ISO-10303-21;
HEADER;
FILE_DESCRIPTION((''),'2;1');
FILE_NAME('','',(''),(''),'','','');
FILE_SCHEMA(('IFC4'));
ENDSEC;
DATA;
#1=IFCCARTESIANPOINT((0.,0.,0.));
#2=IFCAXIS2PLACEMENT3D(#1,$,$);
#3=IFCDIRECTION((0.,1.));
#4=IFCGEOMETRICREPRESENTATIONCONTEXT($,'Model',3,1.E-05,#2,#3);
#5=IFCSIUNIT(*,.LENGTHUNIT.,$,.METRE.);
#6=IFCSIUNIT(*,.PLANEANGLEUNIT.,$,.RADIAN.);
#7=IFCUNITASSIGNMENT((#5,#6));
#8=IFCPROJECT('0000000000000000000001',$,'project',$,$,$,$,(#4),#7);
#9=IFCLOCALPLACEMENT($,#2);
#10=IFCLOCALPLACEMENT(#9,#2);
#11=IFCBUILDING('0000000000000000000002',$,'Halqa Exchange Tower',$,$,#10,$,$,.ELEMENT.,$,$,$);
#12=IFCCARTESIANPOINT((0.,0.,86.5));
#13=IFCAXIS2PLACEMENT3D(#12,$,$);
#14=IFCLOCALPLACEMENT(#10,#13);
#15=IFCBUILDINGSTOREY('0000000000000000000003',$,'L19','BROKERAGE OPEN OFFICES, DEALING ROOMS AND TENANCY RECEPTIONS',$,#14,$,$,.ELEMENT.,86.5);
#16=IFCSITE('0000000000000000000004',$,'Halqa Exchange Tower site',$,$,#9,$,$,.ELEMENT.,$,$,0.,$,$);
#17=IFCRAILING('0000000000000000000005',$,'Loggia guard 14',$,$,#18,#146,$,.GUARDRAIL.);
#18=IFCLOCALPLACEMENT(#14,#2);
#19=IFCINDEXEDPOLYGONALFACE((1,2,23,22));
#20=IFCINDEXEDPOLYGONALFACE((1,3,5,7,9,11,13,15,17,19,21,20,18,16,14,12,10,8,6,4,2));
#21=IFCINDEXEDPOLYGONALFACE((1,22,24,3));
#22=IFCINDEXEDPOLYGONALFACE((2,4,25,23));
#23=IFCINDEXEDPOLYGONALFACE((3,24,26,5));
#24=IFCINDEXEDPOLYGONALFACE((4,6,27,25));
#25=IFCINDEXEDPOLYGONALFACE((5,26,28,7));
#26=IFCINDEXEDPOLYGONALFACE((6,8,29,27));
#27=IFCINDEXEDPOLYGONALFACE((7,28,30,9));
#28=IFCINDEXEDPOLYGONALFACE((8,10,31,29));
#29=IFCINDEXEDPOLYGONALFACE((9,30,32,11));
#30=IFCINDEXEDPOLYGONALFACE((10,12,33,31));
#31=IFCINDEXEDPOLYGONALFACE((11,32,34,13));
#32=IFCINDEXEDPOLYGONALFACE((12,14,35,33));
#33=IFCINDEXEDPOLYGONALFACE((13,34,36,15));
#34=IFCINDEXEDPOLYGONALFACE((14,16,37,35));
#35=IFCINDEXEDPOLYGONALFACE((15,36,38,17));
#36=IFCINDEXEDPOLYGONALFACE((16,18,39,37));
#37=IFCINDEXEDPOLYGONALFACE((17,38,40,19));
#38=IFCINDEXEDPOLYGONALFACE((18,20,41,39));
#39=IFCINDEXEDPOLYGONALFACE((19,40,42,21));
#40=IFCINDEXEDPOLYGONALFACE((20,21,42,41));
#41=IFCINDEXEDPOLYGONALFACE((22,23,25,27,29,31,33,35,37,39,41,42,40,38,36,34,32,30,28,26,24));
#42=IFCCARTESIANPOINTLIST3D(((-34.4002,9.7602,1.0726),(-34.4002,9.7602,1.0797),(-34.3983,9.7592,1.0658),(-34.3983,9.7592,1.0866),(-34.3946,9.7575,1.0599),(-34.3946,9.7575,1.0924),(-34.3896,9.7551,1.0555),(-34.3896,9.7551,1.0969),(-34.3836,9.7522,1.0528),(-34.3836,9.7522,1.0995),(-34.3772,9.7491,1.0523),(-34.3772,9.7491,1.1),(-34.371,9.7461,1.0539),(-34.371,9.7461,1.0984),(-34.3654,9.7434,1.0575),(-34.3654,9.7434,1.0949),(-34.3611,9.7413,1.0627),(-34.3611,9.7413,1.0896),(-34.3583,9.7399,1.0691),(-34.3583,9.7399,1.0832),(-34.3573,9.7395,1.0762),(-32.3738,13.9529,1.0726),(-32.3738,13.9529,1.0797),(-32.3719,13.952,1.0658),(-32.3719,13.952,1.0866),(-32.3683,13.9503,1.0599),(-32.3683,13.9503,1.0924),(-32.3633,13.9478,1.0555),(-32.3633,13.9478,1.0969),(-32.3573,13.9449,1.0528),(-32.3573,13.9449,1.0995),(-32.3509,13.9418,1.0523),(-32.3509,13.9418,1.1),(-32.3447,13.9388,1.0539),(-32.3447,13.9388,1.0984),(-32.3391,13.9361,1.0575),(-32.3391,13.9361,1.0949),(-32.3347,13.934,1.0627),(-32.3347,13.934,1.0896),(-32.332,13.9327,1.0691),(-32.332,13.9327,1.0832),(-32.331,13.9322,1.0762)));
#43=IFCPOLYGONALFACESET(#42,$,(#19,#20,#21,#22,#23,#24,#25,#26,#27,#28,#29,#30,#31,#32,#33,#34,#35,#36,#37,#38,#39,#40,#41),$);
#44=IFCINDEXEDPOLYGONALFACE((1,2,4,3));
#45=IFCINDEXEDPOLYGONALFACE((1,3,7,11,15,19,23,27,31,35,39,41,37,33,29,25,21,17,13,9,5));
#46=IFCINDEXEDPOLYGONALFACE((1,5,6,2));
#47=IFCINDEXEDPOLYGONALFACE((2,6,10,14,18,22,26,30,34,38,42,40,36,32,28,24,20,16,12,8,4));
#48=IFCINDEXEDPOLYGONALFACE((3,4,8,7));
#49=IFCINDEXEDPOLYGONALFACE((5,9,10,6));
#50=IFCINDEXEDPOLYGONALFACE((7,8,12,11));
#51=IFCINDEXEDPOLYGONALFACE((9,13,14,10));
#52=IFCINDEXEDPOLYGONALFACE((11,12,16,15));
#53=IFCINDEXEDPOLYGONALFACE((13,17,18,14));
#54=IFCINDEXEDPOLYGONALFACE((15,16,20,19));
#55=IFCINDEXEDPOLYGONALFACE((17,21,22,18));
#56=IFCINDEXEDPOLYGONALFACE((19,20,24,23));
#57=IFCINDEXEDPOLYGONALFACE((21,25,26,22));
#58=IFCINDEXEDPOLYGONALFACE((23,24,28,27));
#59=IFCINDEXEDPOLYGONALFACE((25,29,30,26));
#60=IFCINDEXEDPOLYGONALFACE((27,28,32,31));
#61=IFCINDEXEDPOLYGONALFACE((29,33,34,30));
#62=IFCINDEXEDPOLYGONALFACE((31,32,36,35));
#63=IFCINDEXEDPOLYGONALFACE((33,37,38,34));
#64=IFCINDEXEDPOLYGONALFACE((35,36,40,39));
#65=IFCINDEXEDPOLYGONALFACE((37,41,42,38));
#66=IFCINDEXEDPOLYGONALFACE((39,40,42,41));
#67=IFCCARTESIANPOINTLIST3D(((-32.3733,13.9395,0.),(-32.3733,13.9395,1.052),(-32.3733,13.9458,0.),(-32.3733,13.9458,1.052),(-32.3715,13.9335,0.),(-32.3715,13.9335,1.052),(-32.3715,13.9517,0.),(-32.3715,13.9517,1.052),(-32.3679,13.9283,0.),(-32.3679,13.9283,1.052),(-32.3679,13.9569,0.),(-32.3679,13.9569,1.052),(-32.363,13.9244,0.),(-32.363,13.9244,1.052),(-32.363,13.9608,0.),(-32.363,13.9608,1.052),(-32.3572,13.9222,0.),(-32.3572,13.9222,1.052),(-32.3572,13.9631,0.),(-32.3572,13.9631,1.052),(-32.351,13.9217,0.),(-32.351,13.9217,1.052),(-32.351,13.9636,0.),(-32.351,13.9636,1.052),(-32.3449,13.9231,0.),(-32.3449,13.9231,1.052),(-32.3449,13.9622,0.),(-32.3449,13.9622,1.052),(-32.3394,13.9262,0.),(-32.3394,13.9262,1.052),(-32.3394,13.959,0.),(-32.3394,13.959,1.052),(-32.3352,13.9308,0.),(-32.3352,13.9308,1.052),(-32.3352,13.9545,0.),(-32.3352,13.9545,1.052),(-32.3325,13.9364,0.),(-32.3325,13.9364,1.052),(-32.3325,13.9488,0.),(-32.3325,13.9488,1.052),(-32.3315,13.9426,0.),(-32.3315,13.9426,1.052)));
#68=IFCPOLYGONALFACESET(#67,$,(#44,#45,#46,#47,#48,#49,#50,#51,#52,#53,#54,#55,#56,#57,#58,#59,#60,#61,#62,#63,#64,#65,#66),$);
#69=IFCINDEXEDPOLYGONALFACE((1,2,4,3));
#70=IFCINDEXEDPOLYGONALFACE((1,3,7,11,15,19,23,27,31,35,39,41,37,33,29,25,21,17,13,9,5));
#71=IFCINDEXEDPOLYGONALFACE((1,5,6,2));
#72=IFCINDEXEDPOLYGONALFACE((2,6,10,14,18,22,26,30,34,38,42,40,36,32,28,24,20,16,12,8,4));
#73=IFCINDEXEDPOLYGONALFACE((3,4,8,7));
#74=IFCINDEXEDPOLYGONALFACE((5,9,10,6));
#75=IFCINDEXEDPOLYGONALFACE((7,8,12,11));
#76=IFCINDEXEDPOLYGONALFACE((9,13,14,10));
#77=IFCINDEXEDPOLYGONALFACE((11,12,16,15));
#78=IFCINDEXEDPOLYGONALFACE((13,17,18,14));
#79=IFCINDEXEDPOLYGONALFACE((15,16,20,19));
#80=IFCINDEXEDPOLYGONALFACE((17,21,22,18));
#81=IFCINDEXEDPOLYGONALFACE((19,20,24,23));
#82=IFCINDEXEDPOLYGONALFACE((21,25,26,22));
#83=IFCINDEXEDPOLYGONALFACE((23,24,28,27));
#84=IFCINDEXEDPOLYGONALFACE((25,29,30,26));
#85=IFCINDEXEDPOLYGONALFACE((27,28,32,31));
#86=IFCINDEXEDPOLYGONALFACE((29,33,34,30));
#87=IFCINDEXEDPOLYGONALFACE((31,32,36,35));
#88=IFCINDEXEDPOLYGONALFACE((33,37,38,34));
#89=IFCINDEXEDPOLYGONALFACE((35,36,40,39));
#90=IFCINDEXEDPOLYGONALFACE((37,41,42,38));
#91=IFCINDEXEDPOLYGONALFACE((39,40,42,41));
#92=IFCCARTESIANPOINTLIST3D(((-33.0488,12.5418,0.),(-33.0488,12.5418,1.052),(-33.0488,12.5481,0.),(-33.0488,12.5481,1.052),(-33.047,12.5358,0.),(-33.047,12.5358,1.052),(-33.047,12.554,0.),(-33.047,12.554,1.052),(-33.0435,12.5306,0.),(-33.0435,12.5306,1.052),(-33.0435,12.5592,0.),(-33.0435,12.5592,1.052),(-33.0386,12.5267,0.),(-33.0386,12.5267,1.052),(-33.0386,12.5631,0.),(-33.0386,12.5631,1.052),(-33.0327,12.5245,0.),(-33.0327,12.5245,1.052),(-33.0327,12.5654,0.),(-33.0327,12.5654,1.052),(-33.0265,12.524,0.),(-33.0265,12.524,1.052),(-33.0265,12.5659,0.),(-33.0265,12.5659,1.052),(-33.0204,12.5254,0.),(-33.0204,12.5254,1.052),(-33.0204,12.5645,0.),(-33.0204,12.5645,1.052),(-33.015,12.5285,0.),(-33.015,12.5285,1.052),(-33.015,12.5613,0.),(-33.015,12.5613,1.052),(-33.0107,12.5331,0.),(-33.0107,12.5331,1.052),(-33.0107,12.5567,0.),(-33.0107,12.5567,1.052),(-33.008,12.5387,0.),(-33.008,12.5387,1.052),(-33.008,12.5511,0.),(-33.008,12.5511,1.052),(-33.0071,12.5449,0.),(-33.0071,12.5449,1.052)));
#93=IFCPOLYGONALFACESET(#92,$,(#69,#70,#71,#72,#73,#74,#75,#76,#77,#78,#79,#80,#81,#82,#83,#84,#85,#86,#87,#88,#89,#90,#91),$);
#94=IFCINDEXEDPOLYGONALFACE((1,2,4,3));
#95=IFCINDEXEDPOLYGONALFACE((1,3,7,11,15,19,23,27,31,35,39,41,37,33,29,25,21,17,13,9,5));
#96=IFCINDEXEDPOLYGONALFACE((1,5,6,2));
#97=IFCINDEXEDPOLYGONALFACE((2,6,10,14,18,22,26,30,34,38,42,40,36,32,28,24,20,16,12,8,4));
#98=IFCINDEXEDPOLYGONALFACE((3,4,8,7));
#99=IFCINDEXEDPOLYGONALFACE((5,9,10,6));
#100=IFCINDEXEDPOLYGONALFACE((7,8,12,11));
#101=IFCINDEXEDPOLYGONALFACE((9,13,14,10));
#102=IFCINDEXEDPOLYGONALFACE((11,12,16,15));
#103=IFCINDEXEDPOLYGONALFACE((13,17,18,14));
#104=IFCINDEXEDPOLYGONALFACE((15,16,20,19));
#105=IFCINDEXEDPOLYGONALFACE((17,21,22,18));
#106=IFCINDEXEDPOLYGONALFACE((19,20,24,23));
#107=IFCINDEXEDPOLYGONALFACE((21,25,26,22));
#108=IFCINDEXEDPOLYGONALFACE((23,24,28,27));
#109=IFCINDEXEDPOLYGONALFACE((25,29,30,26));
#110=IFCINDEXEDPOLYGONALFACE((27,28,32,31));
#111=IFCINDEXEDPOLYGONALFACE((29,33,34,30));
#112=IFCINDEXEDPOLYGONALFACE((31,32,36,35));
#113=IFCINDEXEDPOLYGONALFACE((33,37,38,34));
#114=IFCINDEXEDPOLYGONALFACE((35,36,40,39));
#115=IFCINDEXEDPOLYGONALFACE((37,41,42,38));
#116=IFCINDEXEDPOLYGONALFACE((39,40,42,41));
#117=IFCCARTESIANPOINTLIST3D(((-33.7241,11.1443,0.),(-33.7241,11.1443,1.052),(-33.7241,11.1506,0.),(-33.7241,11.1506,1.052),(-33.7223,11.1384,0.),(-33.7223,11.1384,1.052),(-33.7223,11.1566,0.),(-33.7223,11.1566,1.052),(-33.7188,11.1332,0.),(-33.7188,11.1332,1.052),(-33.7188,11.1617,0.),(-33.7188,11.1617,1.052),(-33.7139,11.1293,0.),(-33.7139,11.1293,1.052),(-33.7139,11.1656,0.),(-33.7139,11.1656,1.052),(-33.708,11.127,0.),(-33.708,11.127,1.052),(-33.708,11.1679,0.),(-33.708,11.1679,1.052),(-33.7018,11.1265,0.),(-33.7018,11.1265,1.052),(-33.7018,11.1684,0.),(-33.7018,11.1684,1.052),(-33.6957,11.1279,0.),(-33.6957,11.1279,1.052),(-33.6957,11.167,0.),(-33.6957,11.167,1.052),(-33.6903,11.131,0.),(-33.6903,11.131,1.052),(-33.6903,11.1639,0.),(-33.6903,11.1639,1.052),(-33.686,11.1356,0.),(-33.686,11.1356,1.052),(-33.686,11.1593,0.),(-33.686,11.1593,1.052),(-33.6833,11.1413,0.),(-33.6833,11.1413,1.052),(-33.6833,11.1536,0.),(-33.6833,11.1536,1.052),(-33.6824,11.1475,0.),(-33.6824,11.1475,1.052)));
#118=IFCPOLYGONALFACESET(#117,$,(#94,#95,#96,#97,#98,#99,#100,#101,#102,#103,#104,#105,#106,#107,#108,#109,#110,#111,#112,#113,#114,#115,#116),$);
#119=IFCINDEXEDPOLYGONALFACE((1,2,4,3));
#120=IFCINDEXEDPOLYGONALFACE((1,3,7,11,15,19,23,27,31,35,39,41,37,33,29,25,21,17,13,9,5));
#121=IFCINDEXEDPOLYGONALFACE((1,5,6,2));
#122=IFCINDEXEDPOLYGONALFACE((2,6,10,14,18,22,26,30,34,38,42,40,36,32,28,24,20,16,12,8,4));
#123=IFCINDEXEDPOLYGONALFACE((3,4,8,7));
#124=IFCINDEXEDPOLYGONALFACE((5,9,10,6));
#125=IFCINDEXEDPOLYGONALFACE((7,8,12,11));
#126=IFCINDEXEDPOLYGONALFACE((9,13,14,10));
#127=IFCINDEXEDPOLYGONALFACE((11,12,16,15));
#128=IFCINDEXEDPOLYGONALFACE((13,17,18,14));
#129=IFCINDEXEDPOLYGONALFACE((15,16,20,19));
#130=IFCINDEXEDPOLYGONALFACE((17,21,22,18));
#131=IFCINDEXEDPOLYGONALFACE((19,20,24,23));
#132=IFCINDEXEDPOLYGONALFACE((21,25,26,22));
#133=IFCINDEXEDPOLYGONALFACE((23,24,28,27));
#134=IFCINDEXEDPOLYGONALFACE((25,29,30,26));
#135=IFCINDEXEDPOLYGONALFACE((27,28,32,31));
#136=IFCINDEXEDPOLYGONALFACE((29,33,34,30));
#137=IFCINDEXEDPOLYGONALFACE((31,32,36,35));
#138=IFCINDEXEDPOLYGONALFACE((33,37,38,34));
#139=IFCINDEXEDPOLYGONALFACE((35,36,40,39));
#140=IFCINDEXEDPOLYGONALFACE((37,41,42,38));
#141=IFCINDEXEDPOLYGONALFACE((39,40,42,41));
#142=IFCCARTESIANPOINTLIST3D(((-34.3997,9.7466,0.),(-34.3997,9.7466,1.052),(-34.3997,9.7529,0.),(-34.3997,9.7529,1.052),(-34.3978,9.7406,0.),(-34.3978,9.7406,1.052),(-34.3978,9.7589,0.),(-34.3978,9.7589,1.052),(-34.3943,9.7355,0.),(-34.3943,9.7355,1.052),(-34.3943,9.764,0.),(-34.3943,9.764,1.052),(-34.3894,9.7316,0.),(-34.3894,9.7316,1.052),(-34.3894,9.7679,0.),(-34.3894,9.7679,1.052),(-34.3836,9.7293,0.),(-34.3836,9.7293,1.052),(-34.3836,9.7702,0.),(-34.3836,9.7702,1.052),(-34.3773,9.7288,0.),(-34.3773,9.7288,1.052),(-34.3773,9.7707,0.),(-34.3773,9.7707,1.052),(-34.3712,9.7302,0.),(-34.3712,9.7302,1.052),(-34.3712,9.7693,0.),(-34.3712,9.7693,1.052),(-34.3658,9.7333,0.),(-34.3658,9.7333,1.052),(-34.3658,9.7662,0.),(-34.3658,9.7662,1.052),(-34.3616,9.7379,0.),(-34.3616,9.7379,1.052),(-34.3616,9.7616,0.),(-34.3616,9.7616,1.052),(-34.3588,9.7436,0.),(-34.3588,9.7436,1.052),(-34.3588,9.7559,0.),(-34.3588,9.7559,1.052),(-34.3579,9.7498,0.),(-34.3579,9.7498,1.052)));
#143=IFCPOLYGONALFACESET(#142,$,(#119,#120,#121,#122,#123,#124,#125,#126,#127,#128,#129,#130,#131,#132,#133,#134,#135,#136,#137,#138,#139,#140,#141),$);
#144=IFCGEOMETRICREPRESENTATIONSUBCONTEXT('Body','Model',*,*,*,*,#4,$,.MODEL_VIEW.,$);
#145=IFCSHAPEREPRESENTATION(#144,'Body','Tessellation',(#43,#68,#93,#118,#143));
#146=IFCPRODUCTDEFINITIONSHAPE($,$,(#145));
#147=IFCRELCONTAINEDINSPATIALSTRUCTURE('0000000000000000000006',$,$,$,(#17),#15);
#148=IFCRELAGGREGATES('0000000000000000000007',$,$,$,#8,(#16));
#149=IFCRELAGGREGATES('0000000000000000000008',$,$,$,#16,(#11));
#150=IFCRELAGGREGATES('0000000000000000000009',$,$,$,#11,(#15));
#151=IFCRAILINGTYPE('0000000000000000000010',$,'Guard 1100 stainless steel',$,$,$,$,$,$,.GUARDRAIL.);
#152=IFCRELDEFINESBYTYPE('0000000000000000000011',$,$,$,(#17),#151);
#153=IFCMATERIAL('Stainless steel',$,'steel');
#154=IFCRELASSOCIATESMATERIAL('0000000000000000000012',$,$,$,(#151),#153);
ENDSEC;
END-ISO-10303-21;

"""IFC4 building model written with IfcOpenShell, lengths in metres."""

from ifc_helpers import new_model, si_unit, direction, frame, origin, origin_2d, place, context, subcontext, project, spatial, circle, extrude, material, type_object, element, save


model = new_model("IFC4")

# Units and contexts
model_context = context("Model", 3, precision=1e-05, world=origin(), true_north=direction((0.0, 1.0)))
body_context = subcontext(model_context, "Body", "Model", "MODEL_VIEW")
ifc_project = project(units=[si_unit("LENGTHUNIT", "METRE"), si_unit("PLANEANGLEUNIT", "RADIAN")], contexts=[model_context])

# Site, building, storey
site_placement = place(None, origin())
site = spatial("IfcSite", under=ifc_project, at=site_placement, Name="Halqa Exchange Tower site", CompositionType="ELEMENT", RefElevation=0.0)
building_placement = place(site_placement, origin())
building = spatial("IfcBuilding", under=site, at=building_placement, Name="Halqa Exchange Tower", CompositionType="ELEMENT")
storey_placement = place(building_placement, frame((0.0, 0.0, 86.5)))
storey = spatial("IfcBuildingStorey", under=building, at=storey_placement, Name="L19", Description="BROKERAGE OPEN OFFICES, DEALING ROOMS AND TENANCY RECEPTIONS", CompositionType="ELEMENT", Elevation=86.5)

# Railing
ifc_material_1 = material(Name="Stainless steel", Category="steel")
railing_type = type_object("IfcRailingType", Name="Guard 1100 stainless steel", PredefinedType="GUARDRAIL", material=ifc_material_1)
railing_1_placement = place(storey_placement, frame((-32.3525, 13.9426, 0.0)))
element("IfcRailing", 1, at=railing_1_placement, inside=storey, type_object=railing_type, Name="Loggia guard 14", PredefinedType="GUARDRAIL", context=body_context, shape_type="SweptSolid", body=[
    extrude(circle(Radius=0.0239, at=origin_2d()), frame((0.0, 0.0, 1.0762), z_axis=(-0.435136, -0.900365, 0.0), x_axis=(0.900365, -0.435136, 0.0)), (0.0, 0.0, 1.0), 4.6567),
    extrude(circle(Radius=0.021, at=origin_2d()), origin(), (0.0, 0.0, 1.0), 1.052),
    extrude(circle(Radius=0.021, at=origin_2d()), frame((-0.6755, -1.3977, 0.0)), (0.0, 0.0, 1.0), 1.052),
    extrude(circle(Radius=0.021, at=origin_2d()), frame((-1.3508, -2.7952, 0.0)), (0.0, 0.0, 1.0), 1.052),
    extrude(circle(Radius=0.021, at=origin_2d()), frame((-2.0264, -4.1929, 0.0)), (0.0, 0.0, 1.0), 1.052),
])

save(model, "model.ifc")
